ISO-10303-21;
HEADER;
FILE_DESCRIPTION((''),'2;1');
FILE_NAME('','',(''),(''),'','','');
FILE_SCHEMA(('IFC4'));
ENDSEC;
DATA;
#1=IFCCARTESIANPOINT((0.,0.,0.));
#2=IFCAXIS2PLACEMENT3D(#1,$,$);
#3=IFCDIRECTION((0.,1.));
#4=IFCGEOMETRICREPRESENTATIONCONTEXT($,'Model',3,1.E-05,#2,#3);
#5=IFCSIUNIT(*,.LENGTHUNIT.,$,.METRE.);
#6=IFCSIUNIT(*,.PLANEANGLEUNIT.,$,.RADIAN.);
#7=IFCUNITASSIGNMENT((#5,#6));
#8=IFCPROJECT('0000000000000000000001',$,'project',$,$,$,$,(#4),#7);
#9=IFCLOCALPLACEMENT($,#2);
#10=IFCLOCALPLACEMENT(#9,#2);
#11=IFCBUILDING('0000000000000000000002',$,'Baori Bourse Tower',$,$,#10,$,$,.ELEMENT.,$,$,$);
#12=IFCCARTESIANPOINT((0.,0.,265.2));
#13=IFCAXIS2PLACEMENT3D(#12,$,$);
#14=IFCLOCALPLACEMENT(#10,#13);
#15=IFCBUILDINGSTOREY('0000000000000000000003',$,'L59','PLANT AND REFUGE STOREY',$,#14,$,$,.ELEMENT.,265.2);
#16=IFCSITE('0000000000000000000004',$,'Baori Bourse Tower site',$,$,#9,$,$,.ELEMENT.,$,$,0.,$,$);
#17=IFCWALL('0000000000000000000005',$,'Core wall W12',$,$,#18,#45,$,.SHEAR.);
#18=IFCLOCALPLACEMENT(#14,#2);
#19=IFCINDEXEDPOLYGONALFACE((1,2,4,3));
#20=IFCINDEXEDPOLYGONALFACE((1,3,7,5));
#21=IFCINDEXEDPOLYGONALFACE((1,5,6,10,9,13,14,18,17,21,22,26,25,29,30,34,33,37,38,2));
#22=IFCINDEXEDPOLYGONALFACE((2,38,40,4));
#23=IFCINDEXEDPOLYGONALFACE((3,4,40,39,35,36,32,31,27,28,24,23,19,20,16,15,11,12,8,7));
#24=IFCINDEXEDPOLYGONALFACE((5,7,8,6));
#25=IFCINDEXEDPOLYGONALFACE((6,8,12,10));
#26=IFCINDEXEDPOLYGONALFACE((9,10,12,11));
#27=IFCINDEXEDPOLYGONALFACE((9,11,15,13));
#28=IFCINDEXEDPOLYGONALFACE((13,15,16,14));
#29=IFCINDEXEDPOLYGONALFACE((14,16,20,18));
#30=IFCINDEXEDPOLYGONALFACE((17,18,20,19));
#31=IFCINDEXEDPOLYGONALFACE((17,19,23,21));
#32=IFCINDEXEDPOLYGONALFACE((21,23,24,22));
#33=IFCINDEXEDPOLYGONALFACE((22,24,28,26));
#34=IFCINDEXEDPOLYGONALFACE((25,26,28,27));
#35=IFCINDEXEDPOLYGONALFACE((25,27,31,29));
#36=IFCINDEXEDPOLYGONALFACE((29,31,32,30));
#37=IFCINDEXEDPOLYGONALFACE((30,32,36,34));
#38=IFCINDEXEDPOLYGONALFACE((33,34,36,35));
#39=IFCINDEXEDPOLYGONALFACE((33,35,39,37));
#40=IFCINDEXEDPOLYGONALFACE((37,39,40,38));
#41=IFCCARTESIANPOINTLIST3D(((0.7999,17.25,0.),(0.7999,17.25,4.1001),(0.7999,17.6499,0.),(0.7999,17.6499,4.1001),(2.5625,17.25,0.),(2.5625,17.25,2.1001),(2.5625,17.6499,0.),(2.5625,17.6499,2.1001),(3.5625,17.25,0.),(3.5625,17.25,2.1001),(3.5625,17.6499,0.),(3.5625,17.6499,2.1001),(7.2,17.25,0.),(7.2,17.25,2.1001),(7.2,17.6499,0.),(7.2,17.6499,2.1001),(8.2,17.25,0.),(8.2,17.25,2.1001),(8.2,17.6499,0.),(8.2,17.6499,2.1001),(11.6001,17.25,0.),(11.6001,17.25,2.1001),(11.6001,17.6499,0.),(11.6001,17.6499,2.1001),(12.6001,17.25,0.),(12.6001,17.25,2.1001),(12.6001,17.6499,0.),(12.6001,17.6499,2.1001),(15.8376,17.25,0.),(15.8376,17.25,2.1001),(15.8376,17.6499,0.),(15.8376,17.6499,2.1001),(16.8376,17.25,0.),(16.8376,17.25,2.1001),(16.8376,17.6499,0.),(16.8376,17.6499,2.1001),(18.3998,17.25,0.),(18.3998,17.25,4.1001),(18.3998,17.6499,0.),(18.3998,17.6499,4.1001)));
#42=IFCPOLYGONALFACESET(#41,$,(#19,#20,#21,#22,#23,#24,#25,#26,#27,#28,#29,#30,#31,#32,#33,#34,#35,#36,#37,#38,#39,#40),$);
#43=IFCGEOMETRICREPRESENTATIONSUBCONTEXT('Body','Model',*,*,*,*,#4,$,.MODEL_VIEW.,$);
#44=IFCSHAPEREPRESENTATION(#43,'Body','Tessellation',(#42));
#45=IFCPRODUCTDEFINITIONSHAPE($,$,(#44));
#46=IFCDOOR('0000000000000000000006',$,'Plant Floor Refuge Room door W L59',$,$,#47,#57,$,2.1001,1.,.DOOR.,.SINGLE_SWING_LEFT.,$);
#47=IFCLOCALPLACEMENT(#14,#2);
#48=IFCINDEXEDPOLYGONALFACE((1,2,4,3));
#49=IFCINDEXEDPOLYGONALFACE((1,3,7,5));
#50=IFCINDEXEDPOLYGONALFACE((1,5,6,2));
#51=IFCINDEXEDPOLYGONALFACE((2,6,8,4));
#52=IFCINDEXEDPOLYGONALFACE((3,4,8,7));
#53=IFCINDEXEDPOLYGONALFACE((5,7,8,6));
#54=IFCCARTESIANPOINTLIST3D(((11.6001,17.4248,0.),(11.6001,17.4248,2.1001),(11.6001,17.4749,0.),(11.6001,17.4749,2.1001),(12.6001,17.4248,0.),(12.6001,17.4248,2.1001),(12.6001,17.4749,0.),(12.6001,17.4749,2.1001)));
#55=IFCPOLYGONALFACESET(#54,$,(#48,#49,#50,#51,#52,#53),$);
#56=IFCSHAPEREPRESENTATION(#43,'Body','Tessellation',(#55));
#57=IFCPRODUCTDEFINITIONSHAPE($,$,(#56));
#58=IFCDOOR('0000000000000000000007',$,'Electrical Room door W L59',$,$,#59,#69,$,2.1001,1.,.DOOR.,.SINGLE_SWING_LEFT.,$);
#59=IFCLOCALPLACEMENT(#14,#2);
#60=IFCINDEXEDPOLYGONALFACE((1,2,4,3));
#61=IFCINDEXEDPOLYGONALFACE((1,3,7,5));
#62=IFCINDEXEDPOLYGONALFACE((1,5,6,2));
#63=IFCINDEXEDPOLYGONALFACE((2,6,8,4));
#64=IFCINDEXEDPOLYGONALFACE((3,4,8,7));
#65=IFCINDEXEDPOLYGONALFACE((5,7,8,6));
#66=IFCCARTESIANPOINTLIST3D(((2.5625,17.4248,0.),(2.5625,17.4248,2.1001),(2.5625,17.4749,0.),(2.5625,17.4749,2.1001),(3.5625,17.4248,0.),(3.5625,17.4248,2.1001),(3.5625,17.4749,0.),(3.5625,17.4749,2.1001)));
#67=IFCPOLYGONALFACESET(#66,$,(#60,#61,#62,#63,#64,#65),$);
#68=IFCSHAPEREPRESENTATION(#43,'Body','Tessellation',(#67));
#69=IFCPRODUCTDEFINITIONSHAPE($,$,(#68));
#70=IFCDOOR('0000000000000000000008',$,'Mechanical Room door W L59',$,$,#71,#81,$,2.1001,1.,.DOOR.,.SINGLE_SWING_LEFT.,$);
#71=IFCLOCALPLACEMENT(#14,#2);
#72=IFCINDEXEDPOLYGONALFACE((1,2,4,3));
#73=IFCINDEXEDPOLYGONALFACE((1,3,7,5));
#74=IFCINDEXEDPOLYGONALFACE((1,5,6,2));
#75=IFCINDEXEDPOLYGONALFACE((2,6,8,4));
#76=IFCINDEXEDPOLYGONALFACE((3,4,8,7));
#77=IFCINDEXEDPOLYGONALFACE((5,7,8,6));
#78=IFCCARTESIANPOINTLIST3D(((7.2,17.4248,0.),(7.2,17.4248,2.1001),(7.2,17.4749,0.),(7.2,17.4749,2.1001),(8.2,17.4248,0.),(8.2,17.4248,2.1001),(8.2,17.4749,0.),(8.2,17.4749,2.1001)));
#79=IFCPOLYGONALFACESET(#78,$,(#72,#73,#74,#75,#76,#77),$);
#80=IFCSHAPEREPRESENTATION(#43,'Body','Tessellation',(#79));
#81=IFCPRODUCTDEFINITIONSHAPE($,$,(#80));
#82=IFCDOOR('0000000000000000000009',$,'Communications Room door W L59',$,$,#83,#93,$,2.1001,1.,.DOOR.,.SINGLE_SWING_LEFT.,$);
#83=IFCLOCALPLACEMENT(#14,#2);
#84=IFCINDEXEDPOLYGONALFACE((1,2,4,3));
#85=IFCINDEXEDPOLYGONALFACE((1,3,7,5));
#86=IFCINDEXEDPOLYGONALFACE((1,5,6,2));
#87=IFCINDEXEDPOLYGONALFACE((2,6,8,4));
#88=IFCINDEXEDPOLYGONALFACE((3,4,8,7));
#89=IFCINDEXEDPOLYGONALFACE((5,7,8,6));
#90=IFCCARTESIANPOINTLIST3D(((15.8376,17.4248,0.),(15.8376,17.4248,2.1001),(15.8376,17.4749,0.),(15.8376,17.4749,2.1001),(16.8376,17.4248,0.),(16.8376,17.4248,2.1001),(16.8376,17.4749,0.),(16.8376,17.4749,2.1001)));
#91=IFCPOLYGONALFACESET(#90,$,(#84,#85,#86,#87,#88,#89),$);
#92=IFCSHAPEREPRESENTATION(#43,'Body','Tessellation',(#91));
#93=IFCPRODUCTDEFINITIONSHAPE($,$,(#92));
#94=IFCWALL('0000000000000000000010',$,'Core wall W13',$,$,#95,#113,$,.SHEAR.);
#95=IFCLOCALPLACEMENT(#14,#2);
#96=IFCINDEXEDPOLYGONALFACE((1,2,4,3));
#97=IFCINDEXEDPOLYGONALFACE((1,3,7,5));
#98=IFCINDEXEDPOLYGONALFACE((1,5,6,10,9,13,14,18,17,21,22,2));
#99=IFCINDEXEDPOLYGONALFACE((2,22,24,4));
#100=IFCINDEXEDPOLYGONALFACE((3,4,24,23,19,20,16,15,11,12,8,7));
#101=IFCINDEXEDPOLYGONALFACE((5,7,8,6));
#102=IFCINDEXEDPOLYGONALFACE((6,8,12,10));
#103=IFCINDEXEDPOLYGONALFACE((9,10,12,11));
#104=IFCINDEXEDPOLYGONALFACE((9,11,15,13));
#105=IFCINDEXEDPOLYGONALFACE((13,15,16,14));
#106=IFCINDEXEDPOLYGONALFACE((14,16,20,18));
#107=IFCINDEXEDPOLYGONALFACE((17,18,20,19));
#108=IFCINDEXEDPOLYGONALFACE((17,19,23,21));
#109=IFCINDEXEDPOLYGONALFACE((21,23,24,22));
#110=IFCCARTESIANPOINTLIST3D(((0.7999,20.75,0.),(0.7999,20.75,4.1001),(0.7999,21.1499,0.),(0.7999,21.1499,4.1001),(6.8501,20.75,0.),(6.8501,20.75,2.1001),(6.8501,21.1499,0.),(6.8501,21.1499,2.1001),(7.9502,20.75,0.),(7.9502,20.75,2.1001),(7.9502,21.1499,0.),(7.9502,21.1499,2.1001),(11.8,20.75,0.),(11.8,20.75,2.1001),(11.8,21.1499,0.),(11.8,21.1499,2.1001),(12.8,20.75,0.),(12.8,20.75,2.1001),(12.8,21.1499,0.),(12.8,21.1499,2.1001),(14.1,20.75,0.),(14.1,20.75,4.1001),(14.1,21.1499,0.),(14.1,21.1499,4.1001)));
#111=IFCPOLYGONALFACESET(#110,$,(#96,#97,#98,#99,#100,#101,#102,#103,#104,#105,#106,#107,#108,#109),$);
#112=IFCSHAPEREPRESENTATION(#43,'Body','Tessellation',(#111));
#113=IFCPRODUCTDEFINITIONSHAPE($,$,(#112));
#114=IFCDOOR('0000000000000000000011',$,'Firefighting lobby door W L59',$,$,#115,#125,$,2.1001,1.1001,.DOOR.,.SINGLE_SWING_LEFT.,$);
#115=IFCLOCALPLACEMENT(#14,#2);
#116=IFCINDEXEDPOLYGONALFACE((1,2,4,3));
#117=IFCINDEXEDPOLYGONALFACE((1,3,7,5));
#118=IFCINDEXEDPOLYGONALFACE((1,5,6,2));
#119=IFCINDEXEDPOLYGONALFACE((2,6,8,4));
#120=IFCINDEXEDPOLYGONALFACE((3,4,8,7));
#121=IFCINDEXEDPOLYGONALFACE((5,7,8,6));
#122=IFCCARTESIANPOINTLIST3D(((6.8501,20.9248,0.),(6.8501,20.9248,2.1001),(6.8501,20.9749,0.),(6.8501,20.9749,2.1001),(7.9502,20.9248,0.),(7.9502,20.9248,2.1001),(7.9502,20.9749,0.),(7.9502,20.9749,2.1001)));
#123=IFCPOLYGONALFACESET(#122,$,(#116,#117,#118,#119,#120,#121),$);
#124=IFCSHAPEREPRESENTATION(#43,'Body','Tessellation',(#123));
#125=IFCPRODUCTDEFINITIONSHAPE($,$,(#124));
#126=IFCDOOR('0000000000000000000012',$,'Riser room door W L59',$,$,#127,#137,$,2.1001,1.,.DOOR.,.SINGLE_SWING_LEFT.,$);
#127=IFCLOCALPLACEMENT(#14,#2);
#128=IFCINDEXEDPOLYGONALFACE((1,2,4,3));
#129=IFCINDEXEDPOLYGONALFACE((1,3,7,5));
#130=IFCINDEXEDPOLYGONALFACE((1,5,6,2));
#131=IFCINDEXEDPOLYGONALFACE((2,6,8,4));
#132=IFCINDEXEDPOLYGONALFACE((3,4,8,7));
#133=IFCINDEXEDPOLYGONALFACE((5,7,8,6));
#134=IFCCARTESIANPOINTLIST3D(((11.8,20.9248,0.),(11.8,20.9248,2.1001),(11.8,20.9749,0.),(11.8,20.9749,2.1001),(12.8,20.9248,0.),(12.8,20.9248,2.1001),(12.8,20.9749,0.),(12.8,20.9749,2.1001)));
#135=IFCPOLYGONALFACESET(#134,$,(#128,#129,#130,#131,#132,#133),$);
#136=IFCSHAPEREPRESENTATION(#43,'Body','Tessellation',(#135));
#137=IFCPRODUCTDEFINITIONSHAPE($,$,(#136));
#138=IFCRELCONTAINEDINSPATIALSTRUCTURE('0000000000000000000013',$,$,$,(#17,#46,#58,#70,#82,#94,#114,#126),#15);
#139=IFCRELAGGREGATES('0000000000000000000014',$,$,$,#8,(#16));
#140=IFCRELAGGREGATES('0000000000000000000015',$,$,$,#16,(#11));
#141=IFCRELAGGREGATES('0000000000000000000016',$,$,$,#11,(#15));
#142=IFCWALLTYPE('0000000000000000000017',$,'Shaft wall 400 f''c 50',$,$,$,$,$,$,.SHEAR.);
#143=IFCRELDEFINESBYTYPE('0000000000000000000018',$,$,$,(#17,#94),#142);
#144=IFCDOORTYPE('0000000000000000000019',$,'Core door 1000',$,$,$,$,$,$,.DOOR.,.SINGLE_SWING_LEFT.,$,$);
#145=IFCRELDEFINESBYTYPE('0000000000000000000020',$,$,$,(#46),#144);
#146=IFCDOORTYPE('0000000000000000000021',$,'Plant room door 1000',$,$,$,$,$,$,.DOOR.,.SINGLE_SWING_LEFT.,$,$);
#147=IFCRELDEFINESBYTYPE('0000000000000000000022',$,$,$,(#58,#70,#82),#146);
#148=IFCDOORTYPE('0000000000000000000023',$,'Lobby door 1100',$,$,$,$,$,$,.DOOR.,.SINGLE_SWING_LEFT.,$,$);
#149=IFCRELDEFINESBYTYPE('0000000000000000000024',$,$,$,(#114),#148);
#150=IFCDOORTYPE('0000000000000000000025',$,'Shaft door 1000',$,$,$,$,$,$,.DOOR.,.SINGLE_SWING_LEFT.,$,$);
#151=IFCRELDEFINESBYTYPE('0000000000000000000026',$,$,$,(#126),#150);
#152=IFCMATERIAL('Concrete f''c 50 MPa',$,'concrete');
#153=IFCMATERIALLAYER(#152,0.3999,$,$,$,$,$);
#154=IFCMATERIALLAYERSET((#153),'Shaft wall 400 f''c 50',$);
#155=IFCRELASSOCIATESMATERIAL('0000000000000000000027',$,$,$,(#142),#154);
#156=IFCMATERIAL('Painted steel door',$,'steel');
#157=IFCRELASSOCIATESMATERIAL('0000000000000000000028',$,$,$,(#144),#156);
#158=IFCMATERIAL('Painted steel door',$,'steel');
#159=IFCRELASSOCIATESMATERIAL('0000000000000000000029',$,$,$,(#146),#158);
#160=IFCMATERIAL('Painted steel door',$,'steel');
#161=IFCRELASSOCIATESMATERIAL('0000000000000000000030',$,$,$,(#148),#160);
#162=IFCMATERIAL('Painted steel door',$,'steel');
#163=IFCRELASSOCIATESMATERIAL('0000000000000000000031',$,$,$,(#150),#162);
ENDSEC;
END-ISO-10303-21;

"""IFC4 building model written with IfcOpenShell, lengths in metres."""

from ifc_helpers import new_model, si_unit, direction, frame, frame_2d, origin, place, context, subcontext, project, spatial, rectangle, extrude, material, layer, layer_set, type_object, element, fill, save


model = new_model("IFC4")

# Units and contexts
model_context = context("Model", 3, precision=1e-05, world=origin(), true_north=direction((0.0, 1.0)))
body_context = subcontext(model_context, "Body", "Model", "MODEL_VIEW")
ifc_project = project(units=[si_unit("LENGTHUNIT", "METRE"), si_unit("PLANEANGLEUNIT", "RADIAN")], contexts=[model_context])

# Site, building, storey
site_placement = place(None, origin())
site = spatial("IfcSite", under=ifc_project, at=site_placement, Name="Baori Bourse Tower site", CompositionType="ELEMENT", RefElevation=0.0)
building_placement = place(site_placement, origin())
building = spatial("IfcBuilding", under=site, at=building_placement, Name="Baori Bourse Tower", CompositionType="ELEMENT")
storey_placement = place(building_placement, frame((0.0, 0.0, 265.2)))
storey = spatial("IfcBuildingStorey", under=building, at=storey_placement, Name="L59", Description="PLANT AND REFUGE STOREY", CompositionType="ELEMENT", Elevation=265.2)

# Shared definitions
ifc_material_1 = material(Name="Concrete f'c 50 MPa", Category="concrete")
ifc_layer_1 = layer(ifc_material_1, 0.3999)
ifc_layer_set_1 = layer_set([ifc_layer_1], Name="Shaft wall 400 f'c 50")
wall_type_1 = type_object("IfcWallType", Name="Shaft wall 400 f'c 50", PredefinedType="SHEAR", material=ifc_layer_set_1)

# Walls, openings, doors
wall_1_placement = place(storey_placement, frame((0.8, 17.45, 0.0), z_axis=(0.0, 0.0, 1.0), x_axis=(1.0, 0.0, 0.0)))
wall_1 = element("IfcWall", 1, at=wall_1_placement, inside=storey, type_object=wall_type_1, Name="Core wall W12", PredefinedType="SHEAR", context=body_context, shape_type="SweptSolid", body=[
    extrude(rectangle(XDim=17.5999, YDim=0.3999, at=frame_2d((8.7998, 0.0))), origin(), (0.0, 0.0, 1.0), 4.1001),
])
opening_1_placement = place(wall_1_placement, frame((1.7625, 0.0, 0.0)))
opening_1 = element("IfcOpeningElement", 2, at=opening_1_placement, cuts=wall_1, PredefinedType="OPENING", context=body_context, shape_type="SweptSolid", body=[
    extrude(rectangle(XDim=1.0, YDim=2.1001, at=frame_2d((0.5, 1.05))), frame((0.0, 0.21, 0.0), z_axis=(0.0, -1.0, 0.0), x_axis=(1.0, 0.0, 0.0)), (0.0, 0.0, 1.0), 0.4199),
])
opening_2_placement = place(wall_1_placement, frame((6.3999, 0.0, 0.0)))
opening_2 = element("IfcOpeningElement", 3, at=opening_2_placement, cuts=wall_1, PredefinedType="OPENING", context=body_context, shape_type="SweptSolid", body=[
    extrude(rectangle(XDim=1.0, YDim=2.1001, at=frame_2d((0.5, 1.05))), frame((0.0, 0.21, 0.0), z_axis=(0.0, -1.0, 0.0), x_axis=(1.0, 0.0, 0.0)), (0.0, 0.0, 1.0), 0.4199),
])
opening_3_placement = place(wall_1_placement, frame((10.8, 0.0, 0.0)))
opening_3 = element("IfcOpeningElement", 4, at=opening_3_placement, cuts=wall_1, PredefinedType="OPENING", context=body_context, shape_type="SweptSolid", body=[
    extrude(rectangle(XDim=1.0, YDim=2.1001, at=frame_2d((0.5, 1.05))), frame((0.0, 0.21, 0.0), z_axis=(0.0, -1.0, 0.0), x_axis=(1.0, 0.0, 0.0)), (0.0, 0.0, 1.0), 0.4199),
])
opening_4_placement = place(wall_1_placement, frame((15.0376, 0.0, 0.0)))
opening_4 = element("IfcOpeningElement", 5, at=opening_4_placement, cuts=wall_1, PredefinedType="OPENING", context=body_context, shape_type="SweptSolid", body=[
    extrude(rectangle(XDim=1.0, YDim=2.1001, at=frame_2d((0.5, 1.05))), frame((0.0, 0.21, 0.0), z_axis=(0.0, -1.0, 0.0), x_axis=(1.0, 0.0, 0.0)), (0.0, 0.0, 1.0), 0.4199),
])
ifc_material_2 = material(Name="Painted steel door", Category="steel")
door_type_1 = type_object("IfcDoorType", Name="Core door 1000", OperationType="SINGLE_SWING_LEFT", PredefinedType="DOOR", material=ifc_material_2)
door_1_placement = place(opening_3_placement, origin())
door_1 = element("IfcDoor", 6, at=door_1_placement, inside=storey, type_object=door_type_1, Name="Plant Floor Refuge Room door W L59", OperationType="SINGLE_SWING_LEFT", OverallHeight=2.1001, OverallWidth=1.0, PredefinedType="DOOR", context=body_context, shape_type="SweptSolid", body=[
    extrude(rectangle(XDim=1.0, YDim=2.1001, at=frame_2d((0.5, 1.05))), frame((0.0, 0.0249, 0.0), z_axis=(0.0, -1.0, 0.0), x_axis=(1.0, 0.0, 0.0)), (0.0, 0.0, 1.0), 0.05),
])
fill(opening_3, door_1)
ifc_material_3 = material(Name="Painted steel door", Category="steel")
door_type_2 = type_object("IfcDoorType", Name="Plant room door 1000", OperationType="SINGLE_SWING_LEFT", PredefinedType="DOOR", material=ifc_material_3)
door_2_placement = place(opening_1_placement, origin())
door_2 = element("IfcDoor", 7, at=door_2_placement, inside=storey, type_object=door_type_2, Name="Electrical Room door W L59", OperationType="SINGLE_SWING_LEFT", OverallHeight=2.1001, OverallWidth=1.0, PredefinedType="DOOR", context=body_context, shape_type="SweptSolid", body=[
    extrude(rectangle(XDim=1.0, YDim=2.1001, at=frame_2d((0.5, 1.05))), frame((0.0, 0.0249, 0.0), z_axis=(0.0, -1.0, 0.0), x_axis=(1.0, 0.0, 0.0)), (0.0, 0.0, 1.0), 0.05),
])
fill(opening_1, door_2)
door_3_placement = place(opening_2_placement, origin())
door_3 = element("IfcDoor", 8, at=door_3_placement, inside=storey, type_object=door_type_2, Name="Mechanical Room door W L59", OperationType="SINGLE_SWING_LEFT", OverallHeight=2.1001, OverallWidth=1.0, PredefinedType="DOOR", context=body_context, shape_type="SweptSolid", body=[
    extrude(rectangle(XDim=1.0, YDim=2.1001, at=frame_2d((0.5, 1.05))), frame((0.0, 0.0249, 0.0), z_axis=(0.0, -1.0, 0.0), x_axis=(1.0, 0.0, 0.0)), (0.0, 0.0, 1.0), 0.05),
])
fill(opening_2, door_3)
door_4_placement = place(opening_4_placement, origin())
door_4 = element("IfcDoor", 9, at=door_4_placement, inside=storey, type_object=door_type_2, Name="Communications Room door W L59", OperationType="SINGLE_SWING_LEFT", OverallHeight=2.1001, OverallWidth=1.0, PredefinedType="DOOR", context=body_context, shape_type="SweptSolid", body=[
    extrude(rectangle(XDim=1.0, YDim=2.1001, at=frame_2d((0.5, 1.05))), frame((0.0, 0.0249, 0.0), z_axis=(0.0, -1.0, 0.0), x_axis=(1.0, 0.0, 0.0)), (0.0, 0.0, 1.0), 0.05),
])
fill(opening_4, door_4)
wall_2_placement = place(storey_placement, frame((0.8, 20.95, 0.0), z_axis=(0.0, 0.0, 1.0), x_axis=(1.0, 0.0, 0.0)))
wall_2 = element("IfcWall", 10, at=wall_2_placement, inside=storey, type_object=wall_type_1, Name="Core wall W13", PredefinedType="SHEAR", context=body_context, shape_type="SweptSolid", body=[
    extrude(rectangle(XDim=13.3, YDim=0.3999, at=frame_2d((6.6499, 0.0))), origin(), (0.0, 0.0, 1.0), 4.1001),
])
opening_5_placement = place(wall_2_placement, frame((6.05, 0.0, 0.0)))
opening_5 = element("IfcOpeningElement", 11, at=opening_5_placement, cuts=wall_2, PredefinedType="OPENING", context=body_context, shape_type="SweptSolid", body=[
    extrude(rectangle(XDim=1.1001, YDim=2.1001, at=frame_2d((0.55, 1.05))), frame((0.0, 0.21, 0.0), z_axis=(0.0, -1.0, 0.0), x_axis=(1.0, 0.0, 0.0)), (0.0, 0.0, 1.0), 0.4199),
])
opening_6_placement = place(wall_2_placement, frame((11.0, 0.0, 0.0)))
opening_6 = element("IfcOpeningElement", 12, at=opening_6_placement, cuts=wall_2, PredefinedType="OPENING", context=body_context, shape_type="SweptSolid", body=[
    extrude(rectangle(XDim=1.0, YDim=2.1001, at=frame_2d((0.5, 1.05))), frame((0.0, 0.21, 0.0), z_axis=(0.0, -1.0, 0.0), x_axis=(1.0, 0.0, 0.0)), (0.0, 0.0, 1.0), 0.4199),
])
ifc_material_4 = material(Name="Painted steel door", Category="steel")
door_type_3 = type_object("IfcDoorType", Name="Lobby door 1100", OperationType="SINGLE_SWING_LEFT", PredefinedType="DOOR", material=ifc_material_4)
door_5_placement = place(opening_5_placement, origin())
door_5 = element("IfcDoor", 13, at=door_5_placement, inside=storey, type_object=door_type_3, Name="Firefighting lobby door W L59", OperationType="SINGLE_SWING_LEFT", OverallHeight=2.1001, OverallWidth=1.1001, PredefinedType="DOOR", context=body_context, shape_type="SweptSolid", body=[
    extrude(rectangle(XDim=1.1001, YDim=2.1001, at=frame_2d((0.55, 1.05))), frame((0.0, 0.0249, 0.0), z_axis=(0.0, -1.0, 0.0), x_axis=(1.0, 0.0, 0.0)), (0.0, 0.0, 1.0), 0.05),
])
fill(opening_5, door_5)
ifc_material_5 = material(Name="Painted steel door", Category="steel")
door_type_4 = type_object("IfcDoorType", Name="Shaft door 1000", OperationType="SINGLE_SWING_LEFT", PredefinedType="DOOR", material=ifc_material_5)
door_6_placement = place(opening_6_placement, origin())
door_6 = element("IfcDoor", 14, at=door_6_placement, inside=storey, type_object=door_type_4, Name="Riser room door W L59", OperationType="SINGLE_SWING_LEFT", OverallHeight=2.1001, OverallWidth=1.0, PredefinedType="DOOR", context=body_context, shape_type="SweptSolid", body=[
    extrude(rectangle(XDim=1.0, YDim=2.1001, at=frame_2d((0.5, 1.05))), frame((0.0, 0.0249, 0.0), z_axis=(0.0, -1.0, 0.0), x_axis=(1.0, 0.0, 0.0)), (0.0, 0.0, 1.0), 0.05),
])
fill(opening_6, door_6)

save(model, "model.ifc")
